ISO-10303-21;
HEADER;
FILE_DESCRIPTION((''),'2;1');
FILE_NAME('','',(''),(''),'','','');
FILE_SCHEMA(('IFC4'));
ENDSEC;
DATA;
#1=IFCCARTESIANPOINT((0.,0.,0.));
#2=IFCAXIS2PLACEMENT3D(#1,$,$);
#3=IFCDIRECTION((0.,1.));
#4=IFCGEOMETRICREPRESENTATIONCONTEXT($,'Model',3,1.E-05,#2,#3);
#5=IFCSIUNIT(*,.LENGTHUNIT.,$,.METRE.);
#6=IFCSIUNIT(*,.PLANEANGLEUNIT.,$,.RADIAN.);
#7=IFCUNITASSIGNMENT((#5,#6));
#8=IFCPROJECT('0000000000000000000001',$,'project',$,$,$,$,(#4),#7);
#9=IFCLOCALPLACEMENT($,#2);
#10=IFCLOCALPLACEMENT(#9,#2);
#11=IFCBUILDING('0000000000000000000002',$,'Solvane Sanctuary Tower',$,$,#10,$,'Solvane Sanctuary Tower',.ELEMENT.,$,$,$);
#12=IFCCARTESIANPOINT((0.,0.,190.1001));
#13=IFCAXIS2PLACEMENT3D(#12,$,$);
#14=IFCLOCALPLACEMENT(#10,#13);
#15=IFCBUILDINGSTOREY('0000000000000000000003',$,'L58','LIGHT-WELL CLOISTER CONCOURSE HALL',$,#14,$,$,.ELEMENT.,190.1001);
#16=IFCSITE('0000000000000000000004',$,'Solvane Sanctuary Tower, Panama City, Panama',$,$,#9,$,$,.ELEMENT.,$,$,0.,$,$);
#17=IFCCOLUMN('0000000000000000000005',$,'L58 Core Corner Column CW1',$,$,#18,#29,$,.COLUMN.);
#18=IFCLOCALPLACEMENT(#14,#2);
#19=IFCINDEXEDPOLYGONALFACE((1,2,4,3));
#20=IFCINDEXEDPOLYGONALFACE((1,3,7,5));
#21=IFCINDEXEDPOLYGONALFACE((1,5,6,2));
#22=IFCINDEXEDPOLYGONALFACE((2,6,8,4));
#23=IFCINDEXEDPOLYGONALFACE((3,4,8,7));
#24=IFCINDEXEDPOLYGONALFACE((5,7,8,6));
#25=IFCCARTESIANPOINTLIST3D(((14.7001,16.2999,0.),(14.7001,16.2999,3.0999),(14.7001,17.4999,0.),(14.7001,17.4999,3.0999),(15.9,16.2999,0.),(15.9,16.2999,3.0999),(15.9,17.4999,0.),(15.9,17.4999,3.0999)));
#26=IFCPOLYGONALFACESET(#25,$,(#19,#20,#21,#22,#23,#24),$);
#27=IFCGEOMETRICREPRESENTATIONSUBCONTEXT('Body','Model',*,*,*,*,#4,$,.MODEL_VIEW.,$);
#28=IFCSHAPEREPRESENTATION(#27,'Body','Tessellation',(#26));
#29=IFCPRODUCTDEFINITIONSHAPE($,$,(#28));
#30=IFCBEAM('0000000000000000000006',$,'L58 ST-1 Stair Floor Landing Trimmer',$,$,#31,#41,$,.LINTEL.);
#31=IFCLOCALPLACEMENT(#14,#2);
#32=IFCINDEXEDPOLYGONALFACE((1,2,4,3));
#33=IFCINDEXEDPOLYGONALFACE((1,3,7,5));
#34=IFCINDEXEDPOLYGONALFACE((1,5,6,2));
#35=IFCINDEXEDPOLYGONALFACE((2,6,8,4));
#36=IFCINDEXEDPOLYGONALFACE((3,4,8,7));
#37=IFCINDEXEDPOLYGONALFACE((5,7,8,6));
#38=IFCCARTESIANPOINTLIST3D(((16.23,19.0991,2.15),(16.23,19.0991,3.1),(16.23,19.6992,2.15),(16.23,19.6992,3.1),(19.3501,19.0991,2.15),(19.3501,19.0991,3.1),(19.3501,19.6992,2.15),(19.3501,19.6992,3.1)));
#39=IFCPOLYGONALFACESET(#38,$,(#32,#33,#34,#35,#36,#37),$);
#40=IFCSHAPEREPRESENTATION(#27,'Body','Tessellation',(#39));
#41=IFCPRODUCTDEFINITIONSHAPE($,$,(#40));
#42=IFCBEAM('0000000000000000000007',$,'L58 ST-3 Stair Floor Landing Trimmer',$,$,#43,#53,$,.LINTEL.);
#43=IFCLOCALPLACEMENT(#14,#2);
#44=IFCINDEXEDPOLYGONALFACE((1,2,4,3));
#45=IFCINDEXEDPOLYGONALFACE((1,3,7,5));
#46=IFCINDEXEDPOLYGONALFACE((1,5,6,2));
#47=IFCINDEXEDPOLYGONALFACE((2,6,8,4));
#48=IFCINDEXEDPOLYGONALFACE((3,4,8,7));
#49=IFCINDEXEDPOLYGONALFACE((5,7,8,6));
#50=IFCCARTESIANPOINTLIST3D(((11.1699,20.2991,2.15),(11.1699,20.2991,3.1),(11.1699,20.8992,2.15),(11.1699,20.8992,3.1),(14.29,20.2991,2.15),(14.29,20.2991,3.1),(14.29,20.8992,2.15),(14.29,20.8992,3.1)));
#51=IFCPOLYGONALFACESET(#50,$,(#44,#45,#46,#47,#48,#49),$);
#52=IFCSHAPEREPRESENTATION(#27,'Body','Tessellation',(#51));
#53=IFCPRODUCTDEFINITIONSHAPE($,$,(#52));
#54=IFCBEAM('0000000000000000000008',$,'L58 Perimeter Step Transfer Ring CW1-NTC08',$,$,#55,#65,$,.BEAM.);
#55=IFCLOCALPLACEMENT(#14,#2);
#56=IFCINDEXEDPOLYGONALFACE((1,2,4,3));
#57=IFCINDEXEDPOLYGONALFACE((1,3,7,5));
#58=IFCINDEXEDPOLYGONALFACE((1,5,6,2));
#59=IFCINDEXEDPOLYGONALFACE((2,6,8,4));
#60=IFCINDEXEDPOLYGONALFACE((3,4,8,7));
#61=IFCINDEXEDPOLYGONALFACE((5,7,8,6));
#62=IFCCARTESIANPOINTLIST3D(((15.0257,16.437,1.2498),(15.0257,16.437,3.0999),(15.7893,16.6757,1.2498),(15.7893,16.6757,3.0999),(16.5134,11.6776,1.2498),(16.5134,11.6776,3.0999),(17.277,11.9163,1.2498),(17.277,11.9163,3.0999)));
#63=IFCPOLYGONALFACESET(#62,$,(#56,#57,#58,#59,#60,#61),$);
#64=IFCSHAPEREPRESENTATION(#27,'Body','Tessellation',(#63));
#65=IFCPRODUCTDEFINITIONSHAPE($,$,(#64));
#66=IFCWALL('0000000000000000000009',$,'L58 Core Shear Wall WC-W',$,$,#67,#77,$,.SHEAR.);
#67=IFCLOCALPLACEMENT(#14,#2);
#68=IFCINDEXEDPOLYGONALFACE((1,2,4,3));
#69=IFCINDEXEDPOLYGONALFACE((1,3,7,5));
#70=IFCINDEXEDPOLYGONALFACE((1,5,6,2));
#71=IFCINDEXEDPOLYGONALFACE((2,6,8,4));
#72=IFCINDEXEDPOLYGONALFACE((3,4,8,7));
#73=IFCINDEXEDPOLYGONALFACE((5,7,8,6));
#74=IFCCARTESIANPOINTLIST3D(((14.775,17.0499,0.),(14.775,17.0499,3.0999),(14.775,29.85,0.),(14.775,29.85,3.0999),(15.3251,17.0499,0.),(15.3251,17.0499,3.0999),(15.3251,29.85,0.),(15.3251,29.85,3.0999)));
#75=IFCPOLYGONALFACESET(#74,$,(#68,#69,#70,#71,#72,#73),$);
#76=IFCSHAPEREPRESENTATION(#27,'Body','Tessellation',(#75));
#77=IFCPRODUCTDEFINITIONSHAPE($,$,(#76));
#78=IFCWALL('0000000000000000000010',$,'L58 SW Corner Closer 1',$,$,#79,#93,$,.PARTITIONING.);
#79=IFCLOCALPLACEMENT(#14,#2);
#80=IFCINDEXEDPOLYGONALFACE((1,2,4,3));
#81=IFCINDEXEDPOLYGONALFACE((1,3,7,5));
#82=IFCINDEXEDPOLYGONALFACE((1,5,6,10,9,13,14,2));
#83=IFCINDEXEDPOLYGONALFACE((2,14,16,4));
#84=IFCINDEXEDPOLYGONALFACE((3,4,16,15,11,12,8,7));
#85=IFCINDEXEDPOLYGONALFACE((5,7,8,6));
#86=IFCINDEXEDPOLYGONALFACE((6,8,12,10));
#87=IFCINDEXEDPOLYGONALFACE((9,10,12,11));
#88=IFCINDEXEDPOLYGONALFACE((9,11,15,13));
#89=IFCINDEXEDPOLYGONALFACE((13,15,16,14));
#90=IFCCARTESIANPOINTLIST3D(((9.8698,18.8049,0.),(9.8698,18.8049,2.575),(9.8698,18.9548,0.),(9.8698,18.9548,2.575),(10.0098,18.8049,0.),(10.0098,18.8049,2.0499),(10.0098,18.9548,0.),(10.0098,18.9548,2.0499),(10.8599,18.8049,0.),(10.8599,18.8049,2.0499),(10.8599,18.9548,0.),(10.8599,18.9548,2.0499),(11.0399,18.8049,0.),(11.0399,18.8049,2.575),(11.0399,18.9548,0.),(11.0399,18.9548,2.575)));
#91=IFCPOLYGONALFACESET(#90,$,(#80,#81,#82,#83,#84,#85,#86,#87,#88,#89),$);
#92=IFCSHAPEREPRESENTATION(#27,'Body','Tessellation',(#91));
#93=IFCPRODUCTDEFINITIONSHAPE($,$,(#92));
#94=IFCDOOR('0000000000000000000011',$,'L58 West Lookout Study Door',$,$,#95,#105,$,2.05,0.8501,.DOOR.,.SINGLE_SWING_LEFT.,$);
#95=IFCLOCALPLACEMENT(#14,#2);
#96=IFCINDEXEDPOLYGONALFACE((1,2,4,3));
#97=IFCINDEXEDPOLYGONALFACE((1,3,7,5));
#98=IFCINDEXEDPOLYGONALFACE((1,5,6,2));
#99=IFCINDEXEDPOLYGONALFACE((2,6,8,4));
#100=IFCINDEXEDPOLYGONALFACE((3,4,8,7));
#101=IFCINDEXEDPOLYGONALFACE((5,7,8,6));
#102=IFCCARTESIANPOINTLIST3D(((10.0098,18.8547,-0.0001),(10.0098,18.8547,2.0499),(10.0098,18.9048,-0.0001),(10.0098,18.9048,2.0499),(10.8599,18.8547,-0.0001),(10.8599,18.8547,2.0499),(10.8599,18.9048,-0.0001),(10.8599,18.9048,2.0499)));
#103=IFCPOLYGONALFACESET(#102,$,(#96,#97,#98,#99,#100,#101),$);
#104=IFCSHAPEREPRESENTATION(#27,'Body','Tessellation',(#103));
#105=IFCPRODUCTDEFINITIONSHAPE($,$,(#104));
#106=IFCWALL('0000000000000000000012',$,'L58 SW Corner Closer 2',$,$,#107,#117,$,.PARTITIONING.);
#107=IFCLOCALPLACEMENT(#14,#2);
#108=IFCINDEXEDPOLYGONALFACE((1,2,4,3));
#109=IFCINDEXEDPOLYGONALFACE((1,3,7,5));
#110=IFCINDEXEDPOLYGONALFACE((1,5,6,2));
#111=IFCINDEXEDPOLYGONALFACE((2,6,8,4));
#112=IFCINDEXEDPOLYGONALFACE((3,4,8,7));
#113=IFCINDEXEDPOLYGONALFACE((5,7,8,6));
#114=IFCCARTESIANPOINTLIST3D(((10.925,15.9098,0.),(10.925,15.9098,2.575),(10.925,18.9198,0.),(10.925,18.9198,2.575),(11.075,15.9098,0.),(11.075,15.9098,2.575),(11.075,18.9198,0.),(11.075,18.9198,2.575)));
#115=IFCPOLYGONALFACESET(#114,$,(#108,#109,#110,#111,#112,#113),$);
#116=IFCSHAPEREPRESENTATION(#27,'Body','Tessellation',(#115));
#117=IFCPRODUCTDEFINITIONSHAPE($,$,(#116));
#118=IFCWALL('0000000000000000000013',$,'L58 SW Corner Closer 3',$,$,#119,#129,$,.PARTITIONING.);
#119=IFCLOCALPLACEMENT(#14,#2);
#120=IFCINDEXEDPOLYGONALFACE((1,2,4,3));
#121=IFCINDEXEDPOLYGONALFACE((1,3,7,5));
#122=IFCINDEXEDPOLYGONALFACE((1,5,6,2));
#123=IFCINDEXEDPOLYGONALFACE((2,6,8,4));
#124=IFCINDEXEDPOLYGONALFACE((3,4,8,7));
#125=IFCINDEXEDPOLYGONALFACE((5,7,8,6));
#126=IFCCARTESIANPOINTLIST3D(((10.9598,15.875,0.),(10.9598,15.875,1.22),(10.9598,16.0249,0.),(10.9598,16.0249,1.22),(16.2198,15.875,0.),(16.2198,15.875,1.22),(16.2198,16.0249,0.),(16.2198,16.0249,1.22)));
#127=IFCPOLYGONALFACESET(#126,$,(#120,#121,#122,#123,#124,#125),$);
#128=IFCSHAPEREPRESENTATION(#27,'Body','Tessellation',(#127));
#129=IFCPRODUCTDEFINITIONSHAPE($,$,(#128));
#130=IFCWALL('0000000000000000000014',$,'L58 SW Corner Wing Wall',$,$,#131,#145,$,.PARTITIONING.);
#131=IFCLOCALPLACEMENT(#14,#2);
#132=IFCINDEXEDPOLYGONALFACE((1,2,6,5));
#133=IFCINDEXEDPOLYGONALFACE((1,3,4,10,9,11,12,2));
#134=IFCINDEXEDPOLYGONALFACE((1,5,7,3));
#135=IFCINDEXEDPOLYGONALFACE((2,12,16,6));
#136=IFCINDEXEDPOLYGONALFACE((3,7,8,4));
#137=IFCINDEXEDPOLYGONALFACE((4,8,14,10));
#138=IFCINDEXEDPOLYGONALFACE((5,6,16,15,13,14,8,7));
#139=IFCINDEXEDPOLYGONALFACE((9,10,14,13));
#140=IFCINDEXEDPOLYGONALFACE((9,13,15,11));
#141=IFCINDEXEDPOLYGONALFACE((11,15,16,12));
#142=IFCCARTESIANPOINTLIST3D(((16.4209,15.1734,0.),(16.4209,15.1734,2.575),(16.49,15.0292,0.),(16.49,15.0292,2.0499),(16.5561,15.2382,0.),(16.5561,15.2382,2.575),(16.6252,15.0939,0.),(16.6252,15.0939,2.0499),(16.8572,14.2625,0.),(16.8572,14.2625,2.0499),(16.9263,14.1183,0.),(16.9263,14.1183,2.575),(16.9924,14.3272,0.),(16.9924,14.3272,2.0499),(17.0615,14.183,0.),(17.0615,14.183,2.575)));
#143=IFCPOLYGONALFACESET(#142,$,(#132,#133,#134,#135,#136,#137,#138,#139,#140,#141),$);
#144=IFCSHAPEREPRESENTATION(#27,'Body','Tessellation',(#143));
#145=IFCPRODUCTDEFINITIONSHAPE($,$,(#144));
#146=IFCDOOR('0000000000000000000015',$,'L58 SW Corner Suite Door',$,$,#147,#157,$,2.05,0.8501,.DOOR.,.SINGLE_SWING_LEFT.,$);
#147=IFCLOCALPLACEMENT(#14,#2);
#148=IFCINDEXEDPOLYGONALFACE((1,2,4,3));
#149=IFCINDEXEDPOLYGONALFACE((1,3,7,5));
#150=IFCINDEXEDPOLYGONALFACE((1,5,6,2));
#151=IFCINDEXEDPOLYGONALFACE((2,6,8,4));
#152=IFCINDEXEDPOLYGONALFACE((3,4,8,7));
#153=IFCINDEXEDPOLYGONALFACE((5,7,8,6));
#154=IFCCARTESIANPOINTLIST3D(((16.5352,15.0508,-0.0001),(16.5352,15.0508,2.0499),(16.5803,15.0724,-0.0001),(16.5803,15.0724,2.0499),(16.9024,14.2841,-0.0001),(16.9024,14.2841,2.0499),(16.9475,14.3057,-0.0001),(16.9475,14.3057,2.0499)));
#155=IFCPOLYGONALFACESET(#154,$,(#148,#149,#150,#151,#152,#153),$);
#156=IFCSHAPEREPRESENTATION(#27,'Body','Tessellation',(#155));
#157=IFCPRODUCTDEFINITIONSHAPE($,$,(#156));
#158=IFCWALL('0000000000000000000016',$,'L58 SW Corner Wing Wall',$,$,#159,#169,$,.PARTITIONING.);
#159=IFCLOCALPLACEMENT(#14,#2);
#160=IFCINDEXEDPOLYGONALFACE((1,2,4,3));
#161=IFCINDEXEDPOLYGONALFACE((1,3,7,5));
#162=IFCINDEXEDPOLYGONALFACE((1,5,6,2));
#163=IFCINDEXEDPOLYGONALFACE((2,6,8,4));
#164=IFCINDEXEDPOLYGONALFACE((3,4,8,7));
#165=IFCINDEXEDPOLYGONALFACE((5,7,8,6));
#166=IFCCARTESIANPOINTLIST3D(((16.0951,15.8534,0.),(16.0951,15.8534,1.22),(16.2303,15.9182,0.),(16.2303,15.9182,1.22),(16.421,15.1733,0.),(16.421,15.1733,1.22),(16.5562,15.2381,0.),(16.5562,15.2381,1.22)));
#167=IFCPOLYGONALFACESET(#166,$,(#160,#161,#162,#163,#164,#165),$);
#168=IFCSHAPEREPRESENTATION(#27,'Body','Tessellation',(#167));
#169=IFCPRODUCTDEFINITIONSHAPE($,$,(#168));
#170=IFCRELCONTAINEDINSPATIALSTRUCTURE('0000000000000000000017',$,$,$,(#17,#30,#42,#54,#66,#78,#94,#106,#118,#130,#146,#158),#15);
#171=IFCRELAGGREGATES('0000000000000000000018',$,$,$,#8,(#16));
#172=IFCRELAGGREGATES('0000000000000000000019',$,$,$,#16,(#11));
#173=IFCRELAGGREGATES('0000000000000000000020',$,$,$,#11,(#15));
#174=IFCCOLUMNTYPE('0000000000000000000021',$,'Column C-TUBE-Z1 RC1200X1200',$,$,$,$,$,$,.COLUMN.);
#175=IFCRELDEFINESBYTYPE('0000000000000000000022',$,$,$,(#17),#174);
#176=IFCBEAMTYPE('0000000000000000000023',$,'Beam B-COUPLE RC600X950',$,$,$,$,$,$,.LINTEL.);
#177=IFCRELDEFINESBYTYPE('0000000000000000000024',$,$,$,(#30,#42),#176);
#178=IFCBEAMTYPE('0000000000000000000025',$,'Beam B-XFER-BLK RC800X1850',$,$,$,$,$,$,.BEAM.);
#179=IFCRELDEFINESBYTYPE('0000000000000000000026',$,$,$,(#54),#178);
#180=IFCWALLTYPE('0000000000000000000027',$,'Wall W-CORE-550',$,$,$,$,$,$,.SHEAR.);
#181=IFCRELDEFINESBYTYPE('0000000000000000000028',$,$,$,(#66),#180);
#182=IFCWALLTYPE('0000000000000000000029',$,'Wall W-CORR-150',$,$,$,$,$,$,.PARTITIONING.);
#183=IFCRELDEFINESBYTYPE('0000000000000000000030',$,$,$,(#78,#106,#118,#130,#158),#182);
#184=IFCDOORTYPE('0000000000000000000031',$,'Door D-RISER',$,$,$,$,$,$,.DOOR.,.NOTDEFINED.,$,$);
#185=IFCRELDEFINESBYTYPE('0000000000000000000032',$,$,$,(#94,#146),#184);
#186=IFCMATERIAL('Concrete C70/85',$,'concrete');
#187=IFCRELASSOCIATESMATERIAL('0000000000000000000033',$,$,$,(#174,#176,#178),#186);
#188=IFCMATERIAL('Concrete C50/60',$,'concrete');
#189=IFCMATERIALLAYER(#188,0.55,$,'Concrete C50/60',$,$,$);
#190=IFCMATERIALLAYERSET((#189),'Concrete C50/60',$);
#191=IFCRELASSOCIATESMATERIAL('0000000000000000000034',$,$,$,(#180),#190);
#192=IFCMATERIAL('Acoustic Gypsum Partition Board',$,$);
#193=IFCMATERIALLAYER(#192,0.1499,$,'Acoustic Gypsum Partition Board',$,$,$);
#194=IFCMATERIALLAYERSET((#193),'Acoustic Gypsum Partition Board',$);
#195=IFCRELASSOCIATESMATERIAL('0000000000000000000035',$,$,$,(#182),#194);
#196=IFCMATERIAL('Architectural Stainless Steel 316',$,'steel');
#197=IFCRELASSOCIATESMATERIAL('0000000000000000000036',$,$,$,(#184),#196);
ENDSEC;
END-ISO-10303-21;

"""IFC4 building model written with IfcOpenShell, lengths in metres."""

from ifc_helpers import new_model, si_unit, direction, frame, frame_2d, origin, origin_2d, place, context, subcontext, project, spatial, rectangle, extrude, material, layer, layer_set, material_profile, profile_set, type_object, element, fill, save


model = new_model("IFC4")

# Units and contexts
model_context = context("Model", 3, precision=1e-05, world=origin(), true_north=direction((0.0, 1.0)))
body_context = subcontext(model_context, "Body", "Model", "MODEL_VIEW")
ifc_project = project(units=[si_unit("LENGTHUNIT", "METRE"), si_unit("PLANEANGLEUNIT", "RADIAN")], contexts=[model_context])

# Site, building, storey
site_placement = place(None, origin())
site = spatial("IfcSite", under=ifc_project, at=site_placement, Name="Solvane Sanctuary Tower, Panama City, Panama", CompositionType="ELEMENT", RefElevation=0.0)
building_placement = place(site_placement, origin())
building = spatial("IfcBuilding", under=site, at=building_placement, Name="Solvane Sanctuary Tower", LongName="Solvane Sanctuary Tower", CompositionType="ELEMENT")
storey_placement = place(building_placement, frame((0.0, 0.0, 190.1001)))
storey = spatial("IfcBuildingStorey", under=building, at=storey_placement, Name="L58", Description="LIGHT-WELL CLOISTER CONCOURSE HALL", CompositionType="ELEMENT", Elevation=190.1001)

# Column
ifc_material_1 = material(Name="Concrete C70/85", Category="concrete")
ifc_material_profile_1 = material_profile(ifc_material_1, rectangle(XDim=1.2, YDim=1.2, at=origin_2d()), Name="RC1200X1200")
ifc_profile_set_1 = profile_set([ifc_material_profile_1], Name="Concrete C70/85")
column_type = type_object("IfcColumnType", Name="Column C-TUBE-Z1 RC1200X1200", PredefinedType="COLUMN", material=ifc_profile_set_1)
column_placement = place(storey_placement, frame((15.3, 16.8999, 0.0), z_axis=(0.0, 0.0, 1.0), x_axis=(1.0, 0.0, 0.0)))
element("IfcColumn", 1, at=column_placement, inside=storey, type_object=column_type, Name="L58 Core Corner Column CW1", PredefinedType="COLUMN", context=body_context, shape_type="SweptSolid", body=[
    extrude(rectangle(XDim=1.2, YDim=1.2, at=origin_2d()), origin(), (0.0, 0.0, 1.0), 3.0999),
])

# Beams
ifc_material_profile_2 = material_profile(ifc_material_1, rectangle(XDim=0.6001, YDim=0.95, at=origin_2d()), Name="RC600X950")
ifc_profile_set_2 = profile_set([ifc_material_profile_2], Name="Concrete C70/85")
beam_type_1 = type_object("IfcBeamType", Name="Beam B-COUPLE RC600X950", PredefinedType="LINTEL", material=ifc_profile_set_2)
for number, where, z_axis, x_axis, name in (
    (2, (16.23, 19.3992, 2.625), (1.0, 0.0, 0.0), (0.0, 1.0, 0.0), "L58 ST-1 Stair Floor Landing Trimmer"),
    (3, (11.1699, 20.5991, 2.625), (1.0, 0.0, 0.0), (0.0, 1.0, 0.0), "L58 ST-3 Stair Floor Landing Trimmer"),
):
    element("IfcBeam", number, at=place(storey_placement, frame(where, z_axis=z_axis, x_axis=x_axis)), inside=storey, type_object=beam_type_1, Name=name, PredefinedType="LINTEL", context=body_context, shape_type="SweptSolid", body=[
        extrude(rectangle(XDim=0.6001, YDim=0.95, at=origin_2d()), origin(), (0.0, 0.0, 1.0), 3.1201),
    ])
ifc_material_profile_3 = material_profile(ifc_material_1, rectangle(XDim=0.8, YDim=1.8501, at=origin_2d()), Name="RC800X1850")
ifc_profile_set_3 = profile_set([ifc_material_profile_3], Name="Concrete C70/85")
beam_type_2 = type_object("IfcBeamType", Name="Beam B-XFER-BLK RC800X1850", PredefinedType="BEAM", material=ifc_profile_set_3)
beam_placement = place(storey_placement, frame((15.4075, 16.5564, 2.1748), z_axis=(0.298356, -0.954455, 0.0), x_axis=(0.954455, 0.298356, 0.0)))
element("IfcBeam", 4, at=beam_placement, inside=storey, type_object=beam_type_2, Name="L58 Perimeter Step Transfer Ring CW1-NTC08", PredefinedType="BEAM", context=body_context, shape_type="SweptSolid", body=[
    extrude(rectangle(XDim=0.8, YDim=1.8501, at=origin_2d()), origin(), (0.0, 0.0, 1.0), 4.9866),
])

# Wall
ifc_material_2 = material(Name="Concrete C50/60", Category="concrete")
ifc_layer_1 = layer(ifc_material_2, 0.55, Name="Concrete C50/60")
ifc_layer_set_1 = layer_set([ifc_layer_1], Name="Concrete C50/60")
wall_type_1 = type_object("IfcWallType", Name="Wall W-CORE-550", PredefinedType="SHEAR", material=ifc_layer_set_1)
wall_1_placement = place(storey_placement, frame((15.05, 17.05, 0.0), z_axis=(0.0, 0.0, 1.0), x_axis=(0.0, 1.0, 0.0)))
element("IfcWall", 5, at=wall_1_placement, inside=storey, type_object=wall_type_1, Name="L58 Core Shear Wall WC-W", PredefinedType="SHEAR", context=body_context, shape_type="SweptSolid", body=[
    extrude(rectangle(XDim=12.8, YDim=0.55, at=frame_2d((6.3999, 0.0))), origin(), (0.0, 0.0, 1.0), 3.0999),
])

# Wall, opening, door
ifc_material_3 = material(Name="Acoustic Gypsum Partition Board")
ifc_layer_2 = layer(ifc_material_3, 0.1499, Name="Acoustic Gypsum Partition Board")
ifc_layer_set_2 = layer_set([ifc_layer_2], Name="Acoustic Gypsum Partition Board")
wall_type_2 = type_object("IfcWallType", Name="Wall W-CORR-150", PredefinedType="PARTITIONING", material=ifc_layer_set_2)
wall_2_placement = place(storey_placement, frame((9.8699, 18.8799, 0.0), z_axis=(0.0, 0.0, 1.0), x_axis=(1.0, 0.0, 0.0)))
wall_2 = element("IfcWall", 6, at=wall_2_placement, inside=storey, type_object=wall_type_2, Name="L58 SW Corner Closer 1", PredefinedType="PARTITIONING", context=body_context, shape_type="SweptSolid", body=[
    extrude(rectangle(XDim=1.1702, YDim=0.1499, at=frame_2d((0.585, 0.0))), origin(), (0.0, 0.0, 1.0), 2.575),
])
opening_1_placement = place(wall_2_placement, frame((0.1399, 0.0, 0.0)))
opening_1 = element("IfcOpeningElement", 7, at=opening_1_placement, cuts=wall_2, PredefinedType="OPENING", context=body_context, shape_type="SweptSolid", body=[
    extrude(rectangle(XDim=0.8501, YDim=2.05, at=frame_2d((0.425, 1.0249))), frame((0.0, 0.085, 0.0), z_axis=(0.0, -1.0, 0.0), x_axis=(1.0, 0.0, 0.0)), (0.0, 0.0, 1.0), 0.1699),
])
ifc_material_4 = material(Name="Architectural Stainless Steel 316", Category="steel")
door_type_1 = type_object("IfcDoorType", Name="Door D-RISER", OperationType="NOTDEFINED", PredefinedType="DOOR", material=ifc_material_4)
door_1_placement = place(opening_1_placement, origin())
door_1 = element("IfcDoor", 8, at=door_1_placement, inside=storey, type_object=door_type_1, Name="L58 West Lookout Study Door", OperationType="SINGLE_SWING_LEFT", OverallHeight=2.05, OverallWidth=0.8501, PredefinedType="DOOR", context=body_context, shape_type="SweptSolid", body=[
    extrude(rectangle(XDim=0.8501, YDim=2.05, at=frame_2d((0.425, 1.0249))), frame((0.0, 0.0249, 0.0), z_axis=(0.0, -1.0, 0.0), x_axis=(1.0, 0.0, 0.0)), (0.0, 0.0, 1.0), 0.05),
])
fill(opening_1, door_1)

# Walls
wall_3_placement = place(storey_placement, frame((11.0, 15.9099, 0.0), z_axis=(0.0, 0.0, 1.0), x_axis=(0.0, 1.0, 0.0)))
element("IfcWall", 9, at=wall_3_placement, inside=storey, type_object=wall_type_2, Name="L58 SW Corner Closer 2", PredefinedType="PARTITIONING", context=body_context, shape_type="SweptSolid", body=[
    extrude(rectangle(XDim=3.01, YDim=0.1499, at=frame_2d((1.5049, 0.0))), origin(), (0.0, 0.0, 1.0), 2.575),
])
wall_4_placement = place(storey_placement, frame((10.96, 15.95, 0.0), z_axis=(0.0, 0.0, 1.0), x_axis=(1.0, 0.0, 0.0)))
element("IfcWall", 10, at=wall_4_placement, inside=storey, type_object=wall_type_2, Name="L58 SW Corner Closer 3", PredefinedType="PARTITIONING", context=body_context, shape_type="SweptSolid", body=[
    extrude(rectangle(XDim=5.26, YDim=0.1499, at=frame_2d((2.6299, 0.0))), origin(), (0.0, 0.0, 1.0), 1.22),
])

# Wall, opening, door
wall_5_placement = place(storey_placement, frame((16.9939, 14.1506, 0.0), z_axis=(0.0, 0.0, 1.0), x_axis=(-0.431958, 0.901894, 0.0)))
wall_5 = element("IfcWall", 11, at=wall_5_placement, inside=storey, type_object=wall_type_2, Name="L58 SW Corner Wing Wall", PredefinedType="PARTITIONING", context=body_context, shape_type="SweptSolid", body=[
    extrude(rectangle(XDim=1.1699, YDim=0.1499, at=frame_2d((0.585, 0.0))), origin(), (0.0, 0.0, 1.0), 2.575),
])
opening_2_placement = place(wall_5_placement, frame((0.1599, 0.0, 0.0)))
opening_2 = element("IfcOpeningElement", 12, at=opening_2_placement, cuts=wall_5, PredefinedType="OPENING", context=body_context, shape_type="SweptSolid", body=[
    extrude(rectangle(XDim=0.8501, YDim=2.05, at=frame_2d((0.425, 1.0249))), frame((0.0, 0.085, 0.0), z_axis=(0.0, -1.0, 0.0), x_axis=(1.0, 0.0, 0.0)), (0.0, 0.0, 1.0), 0.1699),
])
door_2_placement = place(opening_2_placement, origin())
door_2 = element("IfcDoor", 13, at=door_2_placement, inside=storey, type_object=door_type_1, Name="L58 SW Corner Suite Door", OperationType="SINGLE_SWING_LEFT", OverallHeight=2.05, OverallWidth=0.8501, PredefinedType="DOOR", context=body_context, shape_type="SweptSolid", body=[
    extrude(rectangle(XDim=0.8501, YDim=2.05, at=frame_2d((0.425, 1.0249))), frame((0.0, 0.0249, 0.0), z_axis=(0.0, -1.0, 0.0), x_axis=(1.0, 0.0, 0.0)), (0.0, 0.0, 1.0), 0.05),
])
fill(opening_2, door_2)

# Wall
wall_6_placement = place(storey_placement, frame((16.4885, 15.2058, 0.0), z_axis=(0.0, 0.0, 1.0), x_axis=(-0.432131, 0.901811, 0.0)))
element("IfcWall", 14, at=wall_6_placement, inside=storey, type_object=wall_type_2, Name="L58 SW Corner Wing Wall", PredefinedType="PARTITIONING", context=body_context, shape_type="SweptSolid", body=[
    extrude(rectangle(XDim=0.7542, YDim=0.1499, at=frame_2d((0.377, 0.0))), origin(), (0.0, 0.0, 1.0), 1.22),
])

save(model, "model.ifc")
